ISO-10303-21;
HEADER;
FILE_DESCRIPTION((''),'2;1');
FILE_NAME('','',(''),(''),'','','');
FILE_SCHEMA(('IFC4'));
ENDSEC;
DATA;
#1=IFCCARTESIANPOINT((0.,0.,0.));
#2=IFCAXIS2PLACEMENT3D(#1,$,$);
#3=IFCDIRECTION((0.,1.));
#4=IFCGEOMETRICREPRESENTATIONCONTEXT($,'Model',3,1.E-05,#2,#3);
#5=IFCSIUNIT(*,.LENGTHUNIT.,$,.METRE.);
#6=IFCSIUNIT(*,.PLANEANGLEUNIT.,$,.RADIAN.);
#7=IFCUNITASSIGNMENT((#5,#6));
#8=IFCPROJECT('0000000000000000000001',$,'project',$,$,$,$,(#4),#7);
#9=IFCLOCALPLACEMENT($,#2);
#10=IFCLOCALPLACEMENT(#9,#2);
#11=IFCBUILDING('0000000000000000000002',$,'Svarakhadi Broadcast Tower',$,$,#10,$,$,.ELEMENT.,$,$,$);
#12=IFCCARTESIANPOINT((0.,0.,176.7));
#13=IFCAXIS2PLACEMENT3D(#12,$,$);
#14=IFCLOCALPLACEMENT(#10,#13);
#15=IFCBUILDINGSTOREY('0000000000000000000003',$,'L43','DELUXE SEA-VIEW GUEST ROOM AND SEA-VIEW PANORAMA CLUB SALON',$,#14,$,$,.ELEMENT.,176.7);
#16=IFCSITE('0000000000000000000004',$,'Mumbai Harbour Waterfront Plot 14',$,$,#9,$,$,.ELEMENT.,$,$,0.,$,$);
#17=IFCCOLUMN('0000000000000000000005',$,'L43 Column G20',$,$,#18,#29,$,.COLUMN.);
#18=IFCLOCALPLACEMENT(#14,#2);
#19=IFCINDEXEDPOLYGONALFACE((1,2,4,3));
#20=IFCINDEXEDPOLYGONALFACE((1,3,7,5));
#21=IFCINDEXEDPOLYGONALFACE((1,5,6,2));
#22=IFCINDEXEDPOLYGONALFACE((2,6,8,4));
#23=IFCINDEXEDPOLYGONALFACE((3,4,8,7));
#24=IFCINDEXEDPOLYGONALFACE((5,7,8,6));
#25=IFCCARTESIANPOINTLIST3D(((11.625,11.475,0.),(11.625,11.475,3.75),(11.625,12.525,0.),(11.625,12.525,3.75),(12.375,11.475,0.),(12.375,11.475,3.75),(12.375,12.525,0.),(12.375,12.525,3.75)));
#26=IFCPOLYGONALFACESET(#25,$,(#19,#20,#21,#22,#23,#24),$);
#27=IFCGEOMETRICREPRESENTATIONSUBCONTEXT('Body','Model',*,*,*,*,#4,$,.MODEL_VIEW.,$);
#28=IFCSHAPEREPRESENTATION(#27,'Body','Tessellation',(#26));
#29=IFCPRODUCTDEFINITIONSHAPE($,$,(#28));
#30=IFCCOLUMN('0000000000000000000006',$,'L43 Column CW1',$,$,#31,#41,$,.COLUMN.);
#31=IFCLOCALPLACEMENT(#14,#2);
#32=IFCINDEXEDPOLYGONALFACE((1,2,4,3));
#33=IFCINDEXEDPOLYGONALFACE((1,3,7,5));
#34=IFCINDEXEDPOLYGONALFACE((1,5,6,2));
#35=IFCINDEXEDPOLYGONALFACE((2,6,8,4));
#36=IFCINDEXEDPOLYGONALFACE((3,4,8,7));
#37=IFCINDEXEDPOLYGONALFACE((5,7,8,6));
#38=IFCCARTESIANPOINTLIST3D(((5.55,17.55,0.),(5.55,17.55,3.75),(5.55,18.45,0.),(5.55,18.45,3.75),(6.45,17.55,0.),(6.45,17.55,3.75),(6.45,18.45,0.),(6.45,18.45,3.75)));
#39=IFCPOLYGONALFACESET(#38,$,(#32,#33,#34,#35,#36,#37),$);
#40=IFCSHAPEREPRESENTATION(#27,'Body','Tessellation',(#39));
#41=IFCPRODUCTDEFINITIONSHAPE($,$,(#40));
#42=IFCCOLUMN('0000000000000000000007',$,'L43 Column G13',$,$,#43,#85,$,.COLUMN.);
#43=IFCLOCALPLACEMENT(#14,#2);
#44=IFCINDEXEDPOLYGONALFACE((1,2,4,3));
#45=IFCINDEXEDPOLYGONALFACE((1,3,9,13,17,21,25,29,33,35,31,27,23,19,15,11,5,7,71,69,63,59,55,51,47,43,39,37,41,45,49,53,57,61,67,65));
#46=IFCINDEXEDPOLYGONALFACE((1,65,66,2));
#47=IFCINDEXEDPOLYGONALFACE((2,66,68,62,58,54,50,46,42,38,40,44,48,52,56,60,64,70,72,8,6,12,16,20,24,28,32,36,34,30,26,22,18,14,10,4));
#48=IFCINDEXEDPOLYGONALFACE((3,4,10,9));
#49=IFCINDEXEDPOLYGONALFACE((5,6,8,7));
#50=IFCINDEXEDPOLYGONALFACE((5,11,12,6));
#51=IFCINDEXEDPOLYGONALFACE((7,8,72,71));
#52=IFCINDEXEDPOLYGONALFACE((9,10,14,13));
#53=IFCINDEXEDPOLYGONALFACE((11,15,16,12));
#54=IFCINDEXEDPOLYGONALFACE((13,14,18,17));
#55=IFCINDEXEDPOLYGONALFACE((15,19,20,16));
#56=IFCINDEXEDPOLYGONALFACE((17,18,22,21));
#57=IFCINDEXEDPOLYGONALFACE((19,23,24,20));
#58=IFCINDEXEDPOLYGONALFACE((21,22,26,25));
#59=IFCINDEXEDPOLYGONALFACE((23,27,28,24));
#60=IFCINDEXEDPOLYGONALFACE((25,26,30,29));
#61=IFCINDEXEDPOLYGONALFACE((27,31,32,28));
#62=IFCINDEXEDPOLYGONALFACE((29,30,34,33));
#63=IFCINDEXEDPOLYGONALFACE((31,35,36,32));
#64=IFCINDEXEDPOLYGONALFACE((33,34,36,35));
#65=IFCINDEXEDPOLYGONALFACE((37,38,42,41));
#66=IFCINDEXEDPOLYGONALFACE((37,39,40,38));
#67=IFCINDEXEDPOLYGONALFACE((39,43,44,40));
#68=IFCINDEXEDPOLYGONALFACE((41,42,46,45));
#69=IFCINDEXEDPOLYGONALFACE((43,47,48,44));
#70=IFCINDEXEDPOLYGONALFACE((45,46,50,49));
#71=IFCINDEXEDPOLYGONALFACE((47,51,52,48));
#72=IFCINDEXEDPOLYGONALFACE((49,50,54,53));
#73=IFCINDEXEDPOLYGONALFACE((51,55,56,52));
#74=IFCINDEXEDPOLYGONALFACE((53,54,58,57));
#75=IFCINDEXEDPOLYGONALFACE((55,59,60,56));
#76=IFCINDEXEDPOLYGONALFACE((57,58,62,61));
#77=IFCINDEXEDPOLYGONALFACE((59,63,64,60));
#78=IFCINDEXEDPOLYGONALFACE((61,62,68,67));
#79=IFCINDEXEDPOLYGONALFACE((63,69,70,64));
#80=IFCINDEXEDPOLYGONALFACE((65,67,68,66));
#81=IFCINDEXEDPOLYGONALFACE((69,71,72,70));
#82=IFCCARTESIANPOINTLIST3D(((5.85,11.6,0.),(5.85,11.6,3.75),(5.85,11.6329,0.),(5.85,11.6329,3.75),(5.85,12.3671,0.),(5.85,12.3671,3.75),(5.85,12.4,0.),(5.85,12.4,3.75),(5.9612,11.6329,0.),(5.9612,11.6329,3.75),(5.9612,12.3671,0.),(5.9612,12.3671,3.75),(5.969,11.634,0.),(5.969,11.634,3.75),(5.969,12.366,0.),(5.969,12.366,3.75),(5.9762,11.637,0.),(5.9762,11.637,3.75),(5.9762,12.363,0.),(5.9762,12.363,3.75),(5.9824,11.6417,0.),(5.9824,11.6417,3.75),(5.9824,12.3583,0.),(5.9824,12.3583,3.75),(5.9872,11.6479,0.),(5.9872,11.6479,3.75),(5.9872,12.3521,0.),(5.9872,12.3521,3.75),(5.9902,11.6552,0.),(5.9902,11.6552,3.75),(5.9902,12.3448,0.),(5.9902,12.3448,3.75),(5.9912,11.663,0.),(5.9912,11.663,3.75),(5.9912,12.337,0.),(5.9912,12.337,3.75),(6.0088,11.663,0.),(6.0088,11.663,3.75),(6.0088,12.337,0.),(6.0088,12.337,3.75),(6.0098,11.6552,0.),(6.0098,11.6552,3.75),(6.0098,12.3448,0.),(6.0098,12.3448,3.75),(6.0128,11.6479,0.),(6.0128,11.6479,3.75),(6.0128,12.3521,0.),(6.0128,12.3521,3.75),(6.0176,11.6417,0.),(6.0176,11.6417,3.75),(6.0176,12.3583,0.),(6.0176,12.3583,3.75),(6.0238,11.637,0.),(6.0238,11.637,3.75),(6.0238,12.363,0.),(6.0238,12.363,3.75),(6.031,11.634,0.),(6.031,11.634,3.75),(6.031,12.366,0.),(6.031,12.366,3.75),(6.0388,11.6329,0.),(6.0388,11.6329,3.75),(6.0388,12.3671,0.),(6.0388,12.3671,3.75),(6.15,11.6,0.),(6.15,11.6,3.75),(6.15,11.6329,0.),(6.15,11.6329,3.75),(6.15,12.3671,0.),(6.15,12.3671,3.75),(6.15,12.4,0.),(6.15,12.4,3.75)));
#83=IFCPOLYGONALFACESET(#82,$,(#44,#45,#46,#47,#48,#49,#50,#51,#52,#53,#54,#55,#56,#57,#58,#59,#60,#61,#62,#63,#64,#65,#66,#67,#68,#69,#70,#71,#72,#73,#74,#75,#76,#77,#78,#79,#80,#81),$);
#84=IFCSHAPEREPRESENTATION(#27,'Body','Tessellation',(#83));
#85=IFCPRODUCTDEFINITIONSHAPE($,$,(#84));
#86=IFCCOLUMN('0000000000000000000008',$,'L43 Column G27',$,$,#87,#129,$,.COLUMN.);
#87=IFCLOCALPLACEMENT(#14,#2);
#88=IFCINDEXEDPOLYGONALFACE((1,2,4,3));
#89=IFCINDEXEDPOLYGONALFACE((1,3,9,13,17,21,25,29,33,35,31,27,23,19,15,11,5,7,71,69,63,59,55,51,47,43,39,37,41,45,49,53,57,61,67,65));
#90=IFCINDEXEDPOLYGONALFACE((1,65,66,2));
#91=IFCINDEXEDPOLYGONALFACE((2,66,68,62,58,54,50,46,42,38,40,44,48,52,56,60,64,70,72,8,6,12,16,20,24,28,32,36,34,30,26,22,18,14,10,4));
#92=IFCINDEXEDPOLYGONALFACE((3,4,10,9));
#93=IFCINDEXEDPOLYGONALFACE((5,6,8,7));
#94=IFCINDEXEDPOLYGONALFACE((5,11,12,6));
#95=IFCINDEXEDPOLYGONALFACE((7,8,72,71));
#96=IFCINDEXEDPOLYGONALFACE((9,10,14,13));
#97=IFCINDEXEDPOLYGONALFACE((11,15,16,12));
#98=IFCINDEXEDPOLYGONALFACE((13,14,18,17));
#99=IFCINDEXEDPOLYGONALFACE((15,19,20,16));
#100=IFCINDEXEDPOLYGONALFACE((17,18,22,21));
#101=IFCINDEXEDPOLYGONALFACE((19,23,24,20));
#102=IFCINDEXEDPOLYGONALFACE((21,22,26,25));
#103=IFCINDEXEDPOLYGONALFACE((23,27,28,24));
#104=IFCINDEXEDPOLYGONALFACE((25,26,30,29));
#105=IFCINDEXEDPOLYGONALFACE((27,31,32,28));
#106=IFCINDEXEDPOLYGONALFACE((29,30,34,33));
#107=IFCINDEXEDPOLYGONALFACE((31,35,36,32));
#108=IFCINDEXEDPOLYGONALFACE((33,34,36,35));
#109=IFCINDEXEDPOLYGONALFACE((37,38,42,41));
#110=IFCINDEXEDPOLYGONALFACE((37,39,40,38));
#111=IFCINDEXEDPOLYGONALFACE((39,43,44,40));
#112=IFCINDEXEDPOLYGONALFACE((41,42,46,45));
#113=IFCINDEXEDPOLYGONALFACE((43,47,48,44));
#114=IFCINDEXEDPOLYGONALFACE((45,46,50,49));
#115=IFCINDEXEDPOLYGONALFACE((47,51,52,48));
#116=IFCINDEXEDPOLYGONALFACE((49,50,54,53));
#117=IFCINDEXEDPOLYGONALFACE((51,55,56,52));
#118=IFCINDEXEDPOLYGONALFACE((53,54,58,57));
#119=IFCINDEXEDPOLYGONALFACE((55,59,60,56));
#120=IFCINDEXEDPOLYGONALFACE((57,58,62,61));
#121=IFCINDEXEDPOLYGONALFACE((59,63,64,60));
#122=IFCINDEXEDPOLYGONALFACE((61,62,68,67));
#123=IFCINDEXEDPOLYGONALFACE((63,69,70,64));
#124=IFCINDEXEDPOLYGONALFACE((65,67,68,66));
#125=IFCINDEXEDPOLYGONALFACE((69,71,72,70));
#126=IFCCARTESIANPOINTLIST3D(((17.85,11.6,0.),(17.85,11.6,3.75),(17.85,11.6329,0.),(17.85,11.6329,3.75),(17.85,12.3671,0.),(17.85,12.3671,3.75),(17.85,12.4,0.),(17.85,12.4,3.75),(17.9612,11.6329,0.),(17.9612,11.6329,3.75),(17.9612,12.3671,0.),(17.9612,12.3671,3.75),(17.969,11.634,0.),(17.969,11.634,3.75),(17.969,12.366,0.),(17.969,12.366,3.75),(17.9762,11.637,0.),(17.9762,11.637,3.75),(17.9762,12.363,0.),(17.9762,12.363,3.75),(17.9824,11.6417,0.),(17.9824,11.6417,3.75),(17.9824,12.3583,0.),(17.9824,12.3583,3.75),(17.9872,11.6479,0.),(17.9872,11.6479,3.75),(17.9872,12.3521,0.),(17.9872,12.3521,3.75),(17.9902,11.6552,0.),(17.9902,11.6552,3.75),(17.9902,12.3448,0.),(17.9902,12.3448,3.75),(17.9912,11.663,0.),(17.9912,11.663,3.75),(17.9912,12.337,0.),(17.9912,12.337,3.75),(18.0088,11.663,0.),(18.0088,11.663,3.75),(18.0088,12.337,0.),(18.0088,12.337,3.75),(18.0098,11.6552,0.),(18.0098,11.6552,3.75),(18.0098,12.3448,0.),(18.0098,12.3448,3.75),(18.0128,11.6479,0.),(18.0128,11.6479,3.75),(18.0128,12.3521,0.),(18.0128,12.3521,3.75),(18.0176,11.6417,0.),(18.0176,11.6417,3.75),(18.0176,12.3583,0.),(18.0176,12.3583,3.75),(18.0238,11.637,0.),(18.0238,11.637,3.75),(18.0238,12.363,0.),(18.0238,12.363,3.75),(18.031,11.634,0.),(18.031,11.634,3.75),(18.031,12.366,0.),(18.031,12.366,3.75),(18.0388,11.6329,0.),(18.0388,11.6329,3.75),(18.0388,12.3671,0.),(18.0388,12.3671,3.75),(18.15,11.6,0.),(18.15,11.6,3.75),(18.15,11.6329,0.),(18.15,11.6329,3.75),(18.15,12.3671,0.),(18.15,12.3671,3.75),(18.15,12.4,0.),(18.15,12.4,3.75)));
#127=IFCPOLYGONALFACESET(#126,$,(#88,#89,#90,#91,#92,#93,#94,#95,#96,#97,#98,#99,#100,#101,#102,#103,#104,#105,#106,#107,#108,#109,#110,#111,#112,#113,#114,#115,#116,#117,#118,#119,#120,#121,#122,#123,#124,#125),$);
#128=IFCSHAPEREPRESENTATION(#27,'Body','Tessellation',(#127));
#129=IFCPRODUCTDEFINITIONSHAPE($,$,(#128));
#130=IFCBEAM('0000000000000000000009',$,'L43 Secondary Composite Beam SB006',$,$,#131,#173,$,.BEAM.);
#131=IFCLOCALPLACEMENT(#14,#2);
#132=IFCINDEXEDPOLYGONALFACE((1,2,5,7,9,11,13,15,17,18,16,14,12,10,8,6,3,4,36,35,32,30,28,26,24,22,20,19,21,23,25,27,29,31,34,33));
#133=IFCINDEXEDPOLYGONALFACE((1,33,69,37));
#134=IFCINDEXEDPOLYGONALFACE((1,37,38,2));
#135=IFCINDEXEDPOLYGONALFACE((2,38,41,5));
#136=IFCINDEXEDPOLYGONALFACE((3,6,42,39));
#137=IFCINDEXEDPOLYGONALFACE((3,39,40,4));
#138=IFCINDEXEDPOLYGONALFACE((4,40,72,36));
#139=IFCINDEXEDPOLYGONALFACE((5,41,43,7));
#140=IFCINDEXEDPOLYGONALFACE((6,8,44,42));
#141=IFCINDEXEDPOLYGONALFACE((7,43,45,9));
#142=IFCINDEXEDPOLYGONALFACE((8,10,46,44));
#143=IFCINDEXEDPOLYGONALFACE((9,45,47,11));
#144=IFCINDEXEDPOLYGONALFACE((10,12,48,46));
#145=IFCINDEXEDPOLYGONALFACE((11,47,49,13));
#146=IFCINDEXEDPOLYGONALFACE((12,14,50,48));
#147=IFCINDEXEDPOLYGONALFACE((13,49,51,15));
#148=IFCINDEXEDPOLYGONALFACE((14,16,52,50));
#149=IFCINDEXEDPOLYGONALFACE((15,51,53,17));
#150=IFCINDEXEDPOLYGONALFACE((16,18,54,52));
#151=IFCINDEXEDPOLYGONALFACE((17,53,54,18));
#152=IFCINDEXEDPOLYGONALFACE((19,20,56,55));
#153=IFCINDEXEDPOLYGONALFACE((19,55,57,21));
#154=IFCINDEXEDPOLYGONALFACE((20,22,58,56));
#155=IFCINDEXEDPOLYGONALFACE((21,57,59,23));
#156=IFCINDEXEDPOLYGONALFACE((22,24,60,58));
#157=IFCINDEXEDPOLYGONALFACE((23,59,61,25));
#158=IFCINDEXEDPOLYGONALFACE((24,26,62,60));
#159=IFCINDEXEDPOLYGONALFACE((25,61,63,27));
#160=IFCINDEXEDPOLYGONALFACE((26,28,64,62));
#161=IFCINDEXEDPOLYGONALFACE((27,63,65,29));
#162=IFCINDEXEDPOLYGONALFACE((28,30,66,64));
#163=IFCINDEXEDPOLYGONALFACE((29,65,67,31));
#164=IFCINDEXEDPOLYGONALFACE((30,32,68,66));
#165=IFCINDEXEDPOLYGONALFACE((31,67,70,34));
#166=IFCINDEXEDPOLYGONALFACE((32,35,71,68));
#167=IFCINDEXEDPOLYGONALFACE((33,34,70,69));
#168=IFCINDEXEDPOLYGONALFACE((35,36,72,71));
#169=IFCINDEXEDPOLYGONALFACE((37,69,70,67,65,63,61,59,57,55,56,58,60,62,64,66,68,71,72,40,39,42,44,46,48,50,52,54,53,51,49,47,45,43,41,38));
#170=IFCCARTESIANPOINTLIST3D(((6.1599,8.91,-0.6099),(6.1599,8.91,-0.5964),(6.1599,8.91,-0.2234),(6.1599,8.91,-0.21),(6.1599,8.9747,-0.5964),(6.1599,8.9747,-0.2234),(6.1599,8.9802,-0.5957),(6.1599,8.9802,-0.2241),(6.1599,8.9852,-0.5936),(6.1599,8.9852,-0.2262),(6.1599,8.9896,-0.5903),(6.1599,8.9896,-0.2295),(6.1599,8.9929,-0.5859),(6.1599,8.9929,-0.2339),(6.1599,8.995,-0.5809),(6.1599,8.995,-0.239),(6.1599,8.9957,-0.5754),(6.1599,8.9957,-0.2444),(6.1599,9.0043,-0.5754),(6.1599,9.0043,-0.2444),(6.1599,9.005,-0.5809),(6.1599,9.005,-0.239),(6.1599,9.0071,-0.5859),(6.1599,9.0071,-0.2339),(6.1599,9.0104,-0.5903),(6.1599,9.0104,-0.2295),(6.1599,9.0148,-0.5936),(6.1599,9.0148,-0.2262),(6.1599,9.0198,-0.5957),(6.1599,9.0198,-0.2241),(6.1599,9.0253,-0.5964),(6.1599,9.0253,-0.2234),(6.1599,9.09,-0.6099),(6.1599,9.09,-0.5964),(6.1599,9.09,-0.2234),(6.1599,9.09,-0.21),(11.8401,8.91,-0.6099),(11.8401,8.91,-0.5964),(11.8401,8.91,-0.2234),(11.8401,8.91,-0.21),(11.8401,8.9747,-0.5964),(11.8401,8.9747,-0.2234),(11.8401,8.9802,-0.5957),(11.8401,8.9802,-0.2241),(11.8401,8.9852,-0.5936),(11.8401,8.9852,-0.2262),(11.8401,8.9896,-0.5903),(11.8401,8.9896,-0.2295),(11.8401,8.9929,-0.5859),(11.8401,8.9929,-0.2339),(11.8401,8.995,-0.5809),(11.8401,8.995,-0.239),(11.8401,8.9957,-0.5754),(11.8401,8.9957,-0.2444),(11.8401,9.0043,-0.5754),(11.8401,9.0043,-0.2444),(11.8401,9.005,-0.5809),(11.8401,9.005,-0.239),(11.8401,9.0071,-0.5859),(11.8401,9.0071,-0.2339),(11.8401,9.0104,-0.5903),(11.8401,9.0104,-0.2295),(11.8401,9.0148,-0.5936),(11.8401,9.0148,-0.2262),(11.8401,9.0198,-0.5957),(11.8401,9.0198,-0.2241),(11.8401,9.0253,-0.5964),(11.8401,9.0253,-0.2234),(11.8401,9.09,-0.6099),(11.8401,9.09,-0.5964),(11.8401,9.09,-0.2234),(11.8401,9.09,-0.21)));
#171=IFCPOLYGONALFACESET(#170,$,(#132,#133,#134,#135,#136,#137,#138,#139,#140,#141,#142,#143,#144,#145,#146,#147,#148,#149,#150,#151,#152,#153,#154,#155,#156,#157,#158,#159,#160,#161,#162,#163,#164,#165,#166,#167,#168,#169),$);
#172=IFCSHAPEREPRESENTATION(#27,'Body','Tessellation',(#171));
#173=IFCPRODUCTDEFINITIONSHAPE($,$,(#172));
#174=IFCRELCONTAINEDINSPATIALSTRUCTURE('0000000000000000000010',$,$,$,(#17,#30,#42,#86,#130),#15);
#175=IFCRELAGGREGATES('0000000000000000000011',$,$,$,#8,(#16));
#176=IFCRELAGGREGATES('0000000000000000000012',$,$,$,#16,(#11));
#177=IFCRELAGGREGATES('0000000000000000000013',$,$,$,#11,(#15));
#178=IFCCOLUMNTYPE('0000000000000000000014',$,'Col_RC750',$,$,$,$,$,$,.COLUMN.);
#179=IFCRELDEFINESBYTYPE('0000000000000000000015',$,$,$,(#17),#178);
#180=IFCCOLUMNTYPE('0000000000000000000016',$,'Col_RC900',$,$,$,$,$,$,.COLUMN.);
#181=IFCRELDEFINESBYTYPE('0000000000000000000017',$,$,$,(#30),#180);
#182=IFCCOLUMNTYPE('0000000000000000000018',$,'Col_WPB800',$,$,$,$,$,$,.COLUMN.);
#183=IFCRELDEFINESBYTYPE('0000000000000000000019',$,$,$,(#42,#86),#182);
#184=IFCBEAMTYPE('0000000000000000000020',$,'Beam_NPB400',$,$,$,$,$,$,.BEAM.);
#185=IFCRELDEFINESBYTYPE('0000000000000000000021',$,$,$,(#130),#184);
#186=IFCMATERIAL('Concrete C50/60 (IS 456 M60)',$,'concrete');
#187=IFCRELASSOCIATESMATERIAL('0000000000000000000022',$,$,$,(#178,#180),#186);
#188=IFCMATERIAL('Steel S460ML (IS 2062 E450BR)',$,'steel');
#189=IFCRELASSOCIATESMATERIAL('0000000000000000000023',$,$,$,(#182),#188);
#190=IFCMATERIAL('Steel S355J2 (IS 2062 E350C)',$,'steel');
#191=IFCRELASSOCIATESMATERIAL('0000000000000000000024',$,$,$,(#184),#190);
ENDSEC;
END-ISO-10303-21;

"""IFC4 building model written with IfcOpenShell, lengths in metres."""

from ifc_helpers import new_model, si_unit, direction, frame, origin, origin_2d, place, context, subcontext, project, spatial, rectangle, i_section, extrude, material, material_profile, profile_set, type_object, element, save


model = new_model("IFC4")

# Units and contexts
model_context = context("Model", 3, precision=1e-05, world=origin(), true_north=direction((0.0, 1.0)))
body_context = subcontext(model_context, "Body", "Model", "MODEL_VIEW")
ifc_project = project(units=[si_unit("LENGTHUNIT", "METRE"), si_unit("PLANEANGLEUNIT", "RADIAN")], contexts=[model_context])

# Site, building, storey
site_placement = place(None, origin())
site = spatial("IfcSite", under=ifc_project, at=site_placement, Name="Mumbai Harbour Waterfront Plot 14", CompositionType="ELEMENT", RefElevation=0.0)
building_placement = place(site_placement, origin())
building = spatial("IfcBuilding", under=site, at=building_placement, Name="Svarakhadi Broadcast Tower", CompositionType="ELEMENT")
storey_placement = place(building_placement, frame((0.0, 0.0, 176.7)))
storey = spatial("IfcBuildingStorey", under=building, at=storey_placement, Name="L43", Description="DELUXE SEA-VIEW GUEST ROOM AND SEA-VIEW PANORAMA CLUB SALON", CompositionType="ELEMENT", Elevation=176.7)

# Columns
ifc_material_1 = material(Name="Concrete C50/60 (IS 456 M60)", Category="concrete")
ifc_material_profile_1 = material_profile(ifc_material_1, rectangle(XDim=0.75, YDim=1.05, at=origin_2d()), Name="RC 750x1050")
ifc_profile_set_1 = profile_set([ifc_material_profile_1], Name="Concrete C50/60 (IS 456 M60)")
column_type_1 = type_object("IfcColumnType", Name="Col_RC750", PredefinedType="COLUMN", material=ifc_profile_set_1)
column_1_placement = place(storey_placement, frame((12.0, 12.0, 0.0), z_axis=(0.0, 0.0, 1.0), x_axis=(1.0, 0.0, 0.0)))
element("IfcColumn", 1, at=column_1_placement, inside=storey, type_object=column_type_1, Name="L43 Column G20", PredefinedType="COLUMN", context=body_context, shape_type="SweptSolid", body=[
    extrude(rectangle(XDim=0.75, YDim=1.05, at=origin_2d()), origin(), (0.0, 0.0, 1.0), 3.75),
])
ifc_material_profile_2 = material_profile(ifc_material_1, rectangle(XDim=0.8999, YDim=0.8999, at=origin_2d()), Name="RC 900x900")
ifc_profile_set_2 = profile_set([ifc_material_profile_2], Name="Concrete C50/60 (IS 456 M60)")
column_type_2 = type_object("IfcColumnType", Name="Col_RC900", PredefinedType="COLUMN", material=ifc_profile_set_2)
column_2_placement = place(storey_placement, frame((6.0, 18.0, 0.0), z_axis=(0.0, 0.0, 1.0), x_axis=(1.0, 0.0, 0.0)))
element("IfcColumn", 2, at=column_2_placement, inside=storey, type_object=column_type_2, Name="L43 Column CW1", PredefinedType="COLUMN", context=body_context, shape_type="SweptSolid", body=[
    extrude(rectangle(XDim=0.8999, YDim=0.8999, at=origin_2d()), origin(), (0.0, 0.0, 1.0), 3.75),
])
ifc_material_2 = material(Name="Steel S460ML (IS 2062 E450BR)", Category="steel")
ifc_material_profile_3 = material_profile(ifc_material_2, i_section(OverallWidth=0.3, OverallDepth=0.8, WebThickness=0.0176, FlangeThickness=0.033, FilletRadius=0.03, at=origin_2d()), Name="WPB 800x300x262")
ifc_profile_set_3 = profile_set([ifc_material_profile_3], Name="Steel S460ML (IS 2062 E450BR)")
column_type_3 = type_object("IfcColumnType", Name="Col_WPB800", PredefinedType="COLUMN", material=ifc_profile_set_3)
for number, where, z_axis, x_axis, name in (
    (3, (6.0, 12.0, 0.0), (0.0, 0.0, 1.0), (1.0, 0.0, 0.0), "L43 Column G13"),
    (4, (18.0, 12.0, 0.0), (0.0, 0.0, 1.0), (1.0, 0.0, 0.0), "L43 Column G27"),
):
    element("IfcColumn", number, at=place(storey_placement, frame(where, z_axis=z_axis, x_axis=x_axis)), inside=storey, type_object=column_type_3, Name=name, PredefinedType="COLUMN", context=body_context, shape_type="SweptSolid", body=[
        extrude(i_section(OverallWidth=0.3, OverallDepth=0.8, WebThickness=0.0176, FlangeThickness=0.033, FilletRadius=0.03, at=origin_2d()), origin(), (0.0, 0.0, 1.0), 3.75),
    ])

# Beam
ifc_material_3 = material(Name="Steel S355J2 (IS 2062 E350C)", Category="steel")
ifc_material_profile_4 = material_profile(ifc_material_3, i_section(OverallWidth=0.1799, OverallDepth=0.3999, WebThickness=0.0085, FlangeThickness=0.0134, FilletRadius=0.021, at=origin_2d()), Name="NPB 400x180x66")
ifc_profile_set_4 = profile_set([ifc_material_profile_4], Name="Steel S355J2 (IS 2062 E350C)")
beam_type_1 = type_object("IfcBeamType", Name="Beam_NPB400", PredefinedType="BEAM", material=ifc_profile_set_4)
for number, where, z_axis, x_axis, name in (
    (5, (6.1599, 9.0, -0.4099), (1.0, 0.0, 0.0), (0.0, 1.0, 0.0), "L43 Secondary Composite Beam SB006"),
):
    element("IfcBeam", number, at=place(storey_placement, frame(where, z_axis=z_axis, x_axis=x_axis)), inside=storey, type_object=beam_type_1, Name=name, PredefinedType="BEAM", context=body_context, shape_type="SweptSolid", body=[
        extrude(i_section(OverallWidth=0.1799, OverallDepth=0.3999, WebThickness=0.0085, FlangeThickness=0.0134, FilletRadius=0.021, at=origin_2d()), origin(), (0.0, 0.0, 1.0), 5.6802),
    ])

save(model, "model.ifc")
